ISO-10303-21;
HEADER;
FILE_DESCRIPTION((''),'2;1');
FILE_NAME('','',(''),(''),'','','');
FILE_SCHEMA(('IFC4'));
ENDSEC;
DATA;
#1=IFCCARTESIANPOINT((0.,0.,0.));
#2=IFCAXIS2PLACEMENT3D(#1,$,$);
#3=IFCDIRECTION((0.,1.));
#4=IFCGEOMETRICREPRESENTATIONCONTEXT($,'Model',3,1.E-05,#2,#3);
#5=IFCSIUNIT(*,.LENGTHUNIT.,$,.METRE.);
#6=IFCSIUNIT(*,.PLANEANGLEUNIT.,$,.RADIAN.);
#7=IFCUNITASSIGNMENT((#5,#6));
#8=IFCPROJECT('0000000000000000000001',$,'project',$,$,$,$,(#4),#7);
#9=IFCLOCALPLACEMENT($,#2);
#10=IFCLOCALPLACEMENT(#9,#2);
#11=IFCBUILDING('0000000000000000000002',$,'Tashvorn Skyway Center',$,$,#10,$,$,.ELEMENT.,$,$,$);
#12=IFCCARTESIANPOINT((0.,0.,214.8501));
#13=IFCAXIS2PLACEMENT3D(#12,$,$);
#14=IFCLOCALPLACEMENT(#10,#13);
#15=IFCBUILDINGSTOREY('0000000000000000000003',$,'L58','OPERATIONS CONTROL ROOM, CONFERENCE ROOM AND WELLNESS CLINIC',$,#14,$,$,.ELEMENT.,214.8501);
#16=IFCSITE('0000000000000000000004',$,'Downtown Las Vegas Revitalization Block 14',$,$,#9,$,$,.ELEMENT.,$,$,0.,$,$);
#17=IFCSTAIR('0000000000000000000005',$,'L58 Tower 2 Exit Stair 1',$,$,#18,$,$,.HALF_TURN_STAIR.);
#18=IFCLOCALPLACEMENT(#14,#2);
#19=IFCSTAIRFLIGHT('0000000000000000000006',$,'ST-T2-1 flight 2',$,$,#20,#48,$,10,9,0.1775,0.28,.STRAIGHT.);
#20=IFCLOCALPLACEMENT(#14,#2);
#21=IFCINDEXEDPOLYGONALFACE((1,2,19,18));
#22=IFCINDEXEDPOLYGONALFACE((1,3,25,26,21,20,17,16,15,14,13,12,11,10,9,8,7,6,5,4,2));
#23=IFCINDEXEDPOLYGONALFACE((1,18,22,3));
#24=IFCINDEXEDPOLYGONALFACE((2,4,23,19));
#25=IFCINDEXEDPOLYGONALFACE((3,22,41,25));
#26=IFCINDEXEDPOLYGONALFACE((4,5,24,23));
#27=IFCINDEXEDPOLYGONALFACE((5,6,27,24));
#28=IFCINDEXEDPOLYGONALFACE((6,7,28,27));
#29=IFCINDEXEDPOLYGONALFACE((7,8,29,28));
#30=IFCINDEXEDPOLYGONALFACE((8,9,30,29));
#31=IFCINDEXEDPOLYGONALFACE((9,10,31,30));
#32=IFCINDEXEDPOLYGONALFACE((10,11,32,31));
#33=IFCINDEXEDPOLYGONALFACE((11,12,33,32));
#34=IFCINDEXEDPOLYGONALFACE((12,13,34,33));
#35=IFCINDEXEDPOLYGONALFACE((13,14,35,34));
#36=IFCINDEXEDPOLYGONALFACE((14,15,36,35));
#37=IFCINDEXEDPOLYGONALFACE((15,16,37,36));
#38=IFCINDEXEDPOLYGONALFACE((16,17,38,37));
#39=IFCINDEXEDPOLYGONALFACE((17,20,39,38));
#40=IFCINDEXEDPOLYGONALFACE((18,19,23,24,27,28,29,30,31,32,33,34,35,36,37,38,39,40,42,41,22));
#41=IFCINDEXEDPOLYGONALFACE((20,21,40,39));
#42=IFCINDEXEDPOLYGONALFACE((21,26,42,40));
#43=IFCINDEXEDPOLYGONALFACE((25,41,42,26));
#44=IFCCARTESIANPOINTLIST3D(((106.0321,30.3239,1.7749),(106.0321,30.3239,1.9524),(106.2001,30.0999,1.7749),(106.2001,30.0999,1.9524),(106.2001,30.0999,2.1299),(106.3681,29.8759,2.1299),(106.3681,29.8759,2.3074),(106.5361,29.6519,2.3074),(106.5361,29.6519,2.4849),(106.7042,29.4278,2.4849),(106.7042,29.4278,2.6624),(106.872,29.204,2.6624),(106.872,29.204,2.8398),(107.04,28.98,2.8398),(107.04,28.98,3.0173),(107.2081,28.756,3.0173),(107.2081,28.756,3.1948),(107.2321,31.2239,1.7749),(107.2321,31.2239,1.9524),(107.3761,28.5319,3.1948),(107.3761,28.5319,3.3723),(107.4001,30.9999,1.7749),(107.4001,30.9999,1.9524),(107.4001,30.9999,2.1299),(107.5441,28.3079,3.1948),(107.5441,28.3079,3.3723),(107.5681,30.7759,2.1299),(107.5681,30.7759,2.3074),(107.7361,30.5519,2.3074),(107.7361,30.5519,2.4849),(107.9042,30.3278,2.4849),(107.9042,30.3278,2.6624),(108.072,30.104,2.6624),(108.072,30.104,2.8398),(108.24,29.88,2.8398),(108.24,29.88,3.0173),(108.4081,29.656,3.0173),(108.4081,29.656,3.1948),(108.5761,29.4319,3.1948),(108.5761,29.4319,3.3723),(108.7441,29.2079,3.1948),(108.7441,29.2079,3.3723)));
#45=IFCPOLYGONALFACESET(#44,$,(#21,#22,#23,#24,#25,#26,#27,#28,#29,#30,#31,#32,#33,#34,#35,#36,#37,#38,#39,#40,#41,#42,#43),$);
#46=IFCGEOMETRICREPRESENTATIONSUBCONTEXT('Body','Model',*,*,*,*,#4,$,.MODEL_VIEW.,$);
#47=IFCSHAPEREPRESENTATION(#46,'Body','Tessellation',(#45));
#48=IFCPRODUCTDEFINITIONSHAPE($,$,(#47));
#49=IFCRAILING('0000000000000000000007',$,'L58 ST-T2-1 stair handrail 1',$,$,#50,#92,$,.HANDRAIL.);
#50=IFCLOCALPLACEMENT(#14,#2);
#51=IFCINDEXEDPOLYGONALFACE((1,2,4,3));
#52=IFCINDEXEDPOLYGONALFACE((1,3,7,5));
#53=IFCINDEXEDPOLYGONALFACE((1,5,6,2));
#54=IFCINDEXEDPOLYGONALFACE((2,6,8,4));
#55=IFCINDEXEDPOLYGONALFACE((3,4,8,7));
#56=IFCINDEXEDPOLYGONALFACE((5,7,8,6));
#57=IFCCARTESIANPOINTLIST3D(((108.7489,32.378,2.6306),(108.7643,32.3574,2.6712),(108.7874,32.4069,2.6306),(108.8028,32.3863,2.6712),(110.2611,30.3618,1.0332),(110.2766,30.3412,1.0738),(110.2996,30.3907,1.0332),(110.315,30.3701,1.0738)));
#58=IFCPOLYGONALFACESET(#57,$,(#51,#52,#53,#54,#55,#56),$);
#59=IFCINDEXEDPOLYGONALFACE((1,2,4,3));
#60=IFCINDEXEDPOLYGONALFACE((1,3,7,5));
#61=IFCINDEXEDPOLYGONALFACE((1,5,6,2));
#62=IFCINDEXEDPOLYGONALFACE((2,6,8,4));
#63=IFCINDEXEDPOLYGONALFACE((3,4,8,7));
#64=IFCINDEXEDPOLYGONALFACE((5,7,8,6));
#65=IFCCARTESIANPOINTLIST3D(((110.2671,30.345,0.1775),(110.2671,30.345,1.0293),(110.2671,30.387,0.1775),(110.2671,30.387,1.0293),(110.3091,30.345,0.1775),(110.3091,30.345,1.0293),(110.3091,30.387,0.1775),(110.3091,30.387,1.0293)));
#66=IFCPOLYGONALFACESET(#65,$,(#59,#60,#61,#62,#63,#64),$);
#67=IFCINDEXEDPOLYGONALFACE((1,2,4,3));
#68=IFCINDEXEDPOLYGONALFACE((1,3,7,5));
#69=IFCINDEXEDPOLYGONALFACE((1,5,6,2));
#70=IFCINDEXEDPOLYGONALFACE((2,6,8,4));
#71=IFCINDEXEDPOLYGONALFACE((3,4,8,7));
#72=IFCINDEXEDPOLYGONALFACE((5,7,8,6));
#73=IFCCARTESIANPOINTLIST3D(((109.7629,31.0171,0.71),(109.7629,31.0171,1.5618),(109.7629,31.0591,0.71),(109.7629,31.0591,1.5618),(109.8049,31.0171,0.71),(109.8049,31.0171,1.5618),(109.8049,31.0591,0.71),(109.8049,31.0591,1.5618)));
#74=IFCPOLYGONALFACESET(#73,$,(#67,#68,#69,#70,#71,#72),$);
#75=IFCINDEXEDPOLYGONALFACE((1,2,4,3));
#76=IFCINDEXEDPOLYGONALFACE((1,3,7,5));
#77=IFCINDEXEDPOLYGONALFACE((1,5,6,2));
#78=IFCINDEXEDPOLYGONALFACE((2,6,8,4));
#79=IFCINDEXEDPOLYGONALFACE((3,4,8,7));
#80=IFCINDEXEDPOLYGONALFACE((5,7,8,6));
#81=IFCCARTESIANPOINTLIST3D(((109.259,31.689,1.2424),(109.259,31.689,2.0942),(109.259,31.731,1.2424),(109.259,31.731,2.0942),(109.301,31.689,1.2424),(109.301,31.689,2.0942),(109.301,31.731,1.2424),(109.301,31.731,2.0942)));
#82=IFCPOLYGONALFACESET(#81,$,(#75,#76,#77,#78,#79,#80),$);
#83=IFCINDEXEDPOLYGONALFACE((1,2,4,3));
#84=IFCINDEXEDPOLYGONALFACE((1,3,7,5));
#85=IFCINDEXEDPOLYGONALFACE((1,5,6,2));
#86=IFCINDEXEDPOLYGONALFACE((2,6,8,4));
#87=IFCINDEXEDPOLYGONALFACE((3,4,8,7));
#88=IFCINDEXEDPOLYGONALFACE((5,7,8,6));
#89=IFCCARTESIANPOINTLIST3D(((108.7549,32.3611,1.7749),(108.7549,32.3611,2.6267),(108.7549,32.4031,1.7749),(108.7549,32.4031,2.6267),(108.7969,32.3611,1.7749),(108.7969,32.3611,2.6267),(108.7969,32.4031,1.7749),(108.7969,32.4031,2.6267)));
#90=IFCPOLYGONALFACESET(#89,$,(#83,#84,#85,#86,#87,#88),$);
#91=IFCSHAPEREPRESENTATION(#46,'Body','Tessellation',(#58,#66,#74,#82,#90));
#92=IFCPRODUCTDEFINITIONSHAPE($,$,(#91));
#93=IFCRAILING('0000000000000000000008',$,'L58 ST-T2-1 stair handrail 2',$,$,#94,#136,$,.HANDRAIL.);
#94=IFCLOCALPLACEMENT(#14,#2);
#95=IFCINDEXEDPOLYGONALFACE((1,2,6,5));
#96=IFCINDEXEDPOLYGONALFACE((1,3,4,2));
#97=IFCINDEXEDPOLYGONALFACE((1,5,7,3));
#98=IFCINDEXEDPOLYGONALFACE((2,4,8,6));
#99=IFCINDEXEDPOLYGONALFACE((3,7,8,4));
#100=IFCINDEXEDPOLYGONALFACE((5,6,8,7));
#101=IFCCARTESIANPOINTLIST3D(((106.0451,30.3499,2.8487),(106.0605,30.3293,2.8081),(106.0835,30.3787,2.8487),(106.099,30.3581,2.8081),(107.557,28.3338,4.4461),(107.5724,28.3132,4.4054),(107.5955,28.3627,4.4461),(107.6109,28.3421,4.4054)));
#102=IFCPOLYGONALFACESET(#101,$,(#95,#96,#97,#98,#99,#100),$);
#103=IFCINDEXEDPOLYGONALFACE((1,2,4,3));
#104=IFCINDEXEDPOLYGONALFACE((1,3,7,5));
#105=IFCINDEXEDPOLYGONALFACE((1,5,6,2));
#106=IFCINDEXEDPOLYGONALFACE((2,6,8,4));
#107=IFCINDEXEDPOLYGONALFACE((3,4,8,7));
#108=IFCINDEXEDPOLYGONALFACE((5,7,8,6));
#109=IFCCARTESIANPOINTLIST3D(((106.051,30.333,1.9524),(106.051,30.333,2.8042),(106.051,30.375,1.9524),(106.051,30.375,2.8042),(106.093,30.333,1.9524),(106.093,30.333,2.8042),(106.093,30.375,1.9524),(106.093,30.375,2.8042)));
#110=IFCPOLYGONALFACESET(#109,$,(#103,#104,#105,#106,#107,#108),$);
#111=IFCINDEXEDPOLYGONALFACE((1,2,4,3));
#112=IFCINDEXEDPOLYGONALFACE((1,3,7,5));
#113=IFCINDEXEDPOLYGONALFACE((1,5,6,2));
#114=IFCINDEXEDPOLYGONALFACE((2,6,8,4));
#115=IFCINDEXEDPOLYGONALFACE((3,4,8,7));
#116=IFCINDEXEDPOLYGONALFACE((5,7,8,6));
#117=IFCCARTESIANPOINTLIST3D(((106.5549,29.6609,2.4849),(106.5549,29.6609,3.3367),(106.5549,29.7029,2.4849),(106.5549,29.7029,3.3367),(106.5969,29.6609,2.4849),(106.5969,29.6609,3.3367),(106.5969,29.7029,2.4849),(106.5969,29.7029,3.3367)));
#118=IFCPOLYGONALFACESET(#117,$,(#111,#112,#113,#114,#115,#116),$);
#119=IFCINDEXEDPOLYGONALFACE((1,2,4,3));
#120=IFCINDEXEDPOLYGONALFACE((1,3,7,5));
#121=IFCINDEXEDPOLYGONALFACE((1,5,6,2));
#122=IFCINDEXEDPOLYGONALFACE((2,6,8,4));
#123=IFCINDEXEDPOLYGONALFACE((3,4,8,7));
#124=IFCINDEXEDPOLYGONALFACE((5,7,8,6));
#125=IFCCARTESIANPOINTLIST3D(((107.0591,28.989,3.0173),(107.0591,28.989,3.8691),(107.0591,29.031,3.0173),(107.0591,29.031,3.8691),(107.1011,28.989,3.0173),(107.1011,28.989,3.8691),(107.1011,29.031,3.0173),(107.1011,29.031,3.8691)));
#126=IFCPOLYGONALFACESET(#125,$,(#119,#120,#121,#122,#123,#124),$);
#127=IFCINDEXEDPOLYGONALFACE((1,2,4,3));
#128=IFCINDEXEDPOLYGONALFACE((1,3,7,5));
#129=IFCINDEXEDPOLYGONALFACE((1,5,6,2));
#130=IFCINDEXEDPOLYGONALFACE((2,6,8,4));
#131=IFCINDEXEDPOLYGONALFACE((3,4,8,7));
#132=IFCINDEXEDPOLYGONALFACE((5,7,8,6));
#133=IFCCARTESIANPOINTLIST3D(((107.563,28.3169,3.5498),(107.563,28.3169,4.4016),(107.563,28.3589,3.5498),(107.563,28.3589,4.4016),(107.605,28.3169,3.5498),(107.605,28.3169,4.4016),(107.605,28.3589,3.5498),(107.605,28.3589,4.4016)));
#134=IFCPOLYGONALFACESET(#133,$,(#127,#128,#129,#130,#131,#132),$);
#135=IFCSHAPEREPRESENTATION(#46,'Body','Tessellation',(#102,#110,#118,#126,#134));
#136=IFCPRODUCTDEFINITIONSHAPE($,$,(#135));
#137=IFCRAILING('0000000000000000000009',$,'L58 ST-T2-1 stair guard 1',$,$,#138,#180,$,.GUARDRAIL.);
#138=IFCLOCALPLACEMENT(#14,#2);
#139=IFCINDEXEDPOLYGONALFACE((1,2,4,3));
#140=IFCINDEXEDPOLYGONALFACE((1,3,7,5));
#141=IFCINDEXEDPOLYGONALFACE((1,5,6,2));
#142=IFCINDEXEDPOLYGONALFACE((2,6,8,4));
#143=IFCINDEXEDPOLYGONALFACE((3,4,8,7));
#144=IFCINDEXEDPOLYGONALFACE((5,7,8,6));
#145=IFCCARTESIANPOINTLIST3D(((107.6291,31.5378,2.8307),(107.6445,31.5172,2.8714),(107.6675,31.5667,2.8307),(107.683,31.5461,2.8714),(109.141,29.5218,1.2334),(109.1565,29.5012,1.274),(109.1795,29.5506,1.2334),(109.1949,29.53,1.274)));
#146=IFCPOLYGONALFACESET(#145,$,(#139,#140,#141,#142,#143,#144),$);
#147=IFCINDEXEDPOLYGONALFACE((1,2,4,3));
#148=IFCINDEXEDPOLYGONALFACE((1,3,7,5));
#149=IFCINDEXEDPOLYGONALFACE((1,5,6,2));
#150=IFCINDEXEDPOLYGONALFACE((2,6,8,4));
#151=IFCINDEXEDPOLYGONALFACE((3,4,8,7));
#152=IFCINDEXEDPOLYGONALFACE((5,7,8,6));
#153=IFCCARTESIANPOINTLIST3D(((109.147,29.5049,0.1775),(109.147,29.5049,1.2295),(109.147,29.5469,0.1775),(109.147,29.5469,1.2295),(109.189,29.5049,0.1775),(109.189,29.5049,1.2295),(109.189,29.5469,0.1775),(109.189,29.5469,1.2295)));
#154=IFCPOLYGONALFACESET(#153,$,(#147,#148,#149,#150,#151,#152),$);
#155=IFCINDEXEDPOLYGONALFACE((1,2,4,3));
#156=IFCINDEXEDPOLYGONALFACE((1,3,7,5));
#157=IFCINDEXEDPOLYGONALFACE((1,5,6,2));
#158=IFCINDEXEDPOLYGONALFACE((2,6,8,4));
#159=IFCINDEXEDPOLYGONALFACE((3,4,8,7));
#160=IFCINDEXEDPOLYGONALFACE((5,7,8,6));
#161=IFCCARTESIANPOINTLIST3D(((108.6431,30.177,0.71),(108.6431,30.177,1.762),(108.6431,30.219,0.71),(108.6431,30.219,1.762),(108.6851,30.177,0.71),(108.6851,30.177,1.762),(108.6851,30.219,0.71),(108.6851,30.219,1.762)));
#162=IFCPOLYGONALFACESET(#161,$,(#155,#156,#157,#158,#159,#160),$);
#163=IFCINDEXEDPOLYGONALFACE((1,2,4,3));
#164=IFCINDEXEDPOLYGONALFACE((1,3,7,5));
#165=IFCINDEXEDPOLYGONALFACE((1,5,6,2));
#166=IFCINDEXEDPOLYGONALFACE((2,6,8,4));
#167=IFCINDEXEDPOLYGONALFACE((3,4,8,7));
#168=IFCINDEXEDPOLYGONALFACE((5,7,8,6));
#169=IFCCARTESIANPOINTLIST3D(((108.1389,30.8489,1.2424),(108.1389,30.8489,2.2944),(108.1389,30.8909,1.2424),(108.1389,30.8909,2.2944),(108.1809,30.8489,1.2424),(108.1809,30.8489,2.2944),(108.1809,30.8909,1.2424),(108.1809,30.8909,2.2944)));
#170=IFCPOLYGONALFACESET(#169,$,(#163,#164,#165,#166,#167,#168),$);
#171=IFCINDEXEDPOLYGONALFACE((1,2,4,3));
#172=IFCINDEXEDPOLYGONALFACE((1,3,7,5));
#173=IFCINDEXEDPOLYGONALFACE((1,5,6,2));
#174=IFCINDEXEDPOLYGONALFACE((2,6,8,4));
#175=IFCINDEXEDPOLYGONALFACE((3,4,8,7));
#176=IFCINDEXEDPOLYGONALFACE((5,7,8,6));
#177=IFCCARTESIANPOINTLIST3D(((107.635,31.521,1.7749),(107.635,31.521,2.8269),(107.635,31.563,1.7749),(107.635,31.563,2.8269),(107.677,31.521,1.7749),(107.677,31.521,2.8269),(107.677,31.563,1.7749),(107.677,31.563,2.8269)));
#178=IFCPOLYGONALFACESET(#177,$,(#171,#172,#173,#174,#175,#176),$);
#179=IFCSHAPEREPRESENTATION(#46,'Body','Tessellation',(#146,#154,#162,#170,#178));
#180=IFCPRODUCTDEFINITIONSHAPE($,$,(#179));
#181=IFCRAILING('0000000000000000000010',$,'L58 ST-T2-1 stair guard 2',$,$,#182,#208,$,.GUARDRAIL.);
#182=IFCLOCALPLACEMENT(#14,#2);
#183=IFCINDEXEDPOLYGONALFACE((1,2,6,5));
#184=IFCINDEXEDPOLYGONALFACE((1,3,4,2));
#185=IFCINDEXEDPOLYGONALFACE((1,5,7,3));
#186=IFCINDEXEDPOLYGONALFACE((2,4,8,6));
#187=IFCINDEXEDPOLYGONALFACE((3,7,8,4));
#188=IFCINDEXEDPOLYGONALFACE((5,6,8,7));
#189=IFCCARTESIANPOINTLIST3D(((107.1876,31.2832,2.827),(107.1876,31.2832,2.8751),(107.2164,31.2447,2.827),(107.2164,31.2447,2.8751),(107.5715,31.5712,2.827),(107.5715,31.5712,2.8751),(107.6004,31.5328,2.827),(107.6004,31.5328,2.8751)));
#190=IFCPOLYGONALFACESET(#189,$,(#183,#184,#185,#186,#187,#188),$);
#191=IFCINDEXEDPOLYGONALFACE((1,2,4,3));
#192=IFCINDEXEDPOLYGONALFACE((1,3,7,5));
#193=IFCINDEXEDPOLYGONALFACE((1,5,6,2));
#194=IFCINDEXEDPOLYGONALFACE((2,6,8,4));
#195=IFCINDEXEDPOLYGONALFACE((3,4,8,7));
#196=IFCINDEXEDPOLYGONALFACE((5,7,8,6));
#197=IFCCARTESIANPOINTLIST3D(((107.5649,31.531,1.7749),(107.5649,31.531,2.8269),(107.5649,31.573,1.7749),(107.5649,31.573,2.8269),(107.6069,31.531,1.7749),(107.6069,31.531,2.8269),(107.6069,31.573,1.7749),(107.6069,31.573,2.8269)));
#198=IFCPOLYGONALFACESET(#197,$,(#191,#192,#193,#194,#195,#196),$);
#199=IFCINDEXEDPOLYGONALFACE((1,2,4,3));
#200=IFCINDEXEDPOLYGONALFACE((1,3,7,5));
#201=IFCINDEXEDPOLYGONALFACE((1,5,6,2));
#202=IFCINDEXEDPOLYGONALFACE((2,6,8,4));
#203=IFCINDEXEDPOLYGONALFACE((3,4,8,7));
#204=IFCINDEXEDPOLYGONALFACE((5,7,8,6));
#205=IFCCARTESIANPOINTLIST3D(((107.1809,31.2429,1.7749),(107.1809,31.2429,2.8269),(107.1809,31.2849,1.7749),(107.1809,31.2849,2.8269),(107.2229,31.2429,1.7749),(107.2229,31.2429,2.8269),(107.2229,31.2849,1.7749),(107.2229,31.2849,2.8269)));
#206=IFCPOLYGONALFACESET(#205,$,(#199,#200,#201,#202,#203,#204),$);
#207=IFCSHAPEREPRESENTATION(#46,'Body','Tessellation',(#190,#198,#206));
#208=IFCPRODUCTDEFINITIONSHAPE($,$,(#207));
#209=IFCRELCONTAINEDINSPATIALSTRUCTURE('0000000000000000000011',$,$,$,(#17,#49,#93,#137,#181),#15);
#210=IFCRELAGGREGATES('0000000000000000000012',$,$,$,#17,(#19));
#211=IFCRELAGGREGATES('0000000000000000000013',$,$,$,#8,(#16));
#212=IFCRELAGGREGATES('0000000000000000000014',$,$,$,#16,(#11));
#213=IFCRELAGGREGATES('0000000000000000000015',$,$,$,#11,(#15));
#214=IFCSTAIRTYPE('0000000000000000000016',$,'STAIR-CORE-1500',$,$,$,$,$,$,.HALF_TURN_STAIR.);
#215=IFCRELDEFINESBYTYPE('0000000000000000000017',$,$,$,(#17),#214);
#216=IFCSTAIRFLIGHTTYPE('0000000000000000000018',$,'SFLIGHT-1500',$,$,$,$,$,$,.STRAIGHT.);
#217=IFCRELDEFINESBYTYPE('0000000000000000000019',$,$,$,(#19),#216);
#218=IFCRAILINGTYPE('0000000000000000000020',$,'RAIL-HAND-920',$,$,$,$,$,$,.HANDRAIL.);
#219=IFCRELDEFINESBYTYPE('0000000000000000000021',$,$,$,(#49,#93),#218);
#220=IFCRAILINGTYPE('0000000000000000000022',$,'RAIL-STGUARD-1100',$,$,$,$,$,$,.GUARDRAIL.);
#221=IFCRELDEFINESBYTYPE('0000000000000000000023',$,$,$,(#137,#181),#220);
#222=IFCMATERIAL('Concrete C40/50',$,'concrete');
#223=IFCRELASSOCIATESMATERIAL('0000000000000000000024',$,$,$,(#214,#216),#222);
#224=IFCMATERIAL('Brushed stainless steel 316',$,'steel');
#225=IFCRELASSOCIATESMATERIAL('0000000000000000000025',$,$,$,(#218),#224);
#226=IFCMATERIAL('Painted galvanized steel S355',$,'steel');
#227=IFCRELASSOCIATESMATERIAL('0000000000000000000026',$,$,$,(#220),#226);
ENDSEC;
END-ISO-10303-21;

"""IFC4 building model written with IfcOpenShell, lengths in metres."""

from ifc_helpers import new_model, si_unit, direction, frame, origin, origin_2d, place, context, subcontext, project, spatial, polyline, rectangle, outline, extrude, material, type_object, element, aggregate, save


model = new_model("IFC4")

# Units and contexts
model_context = context("Model", 3, precision=1e-05, world=origin(), true_north=direction((0.0, 1.0)))
body_context = subcontext(model_context, "Body", "Model", "MODEL_VIEW")
ifc_project = project(units=[si_unit("LENGTHUNIT", "METRE"), si_unit("PLANEANGLEUNIT", "RADIAN")], contexts=[model_context])

# Site, building, storey
site_placement = place(None, origin())
site = spatial("IfcSite", under=ifc_project, at=site_placement, Name="Downtown Las Vegas Revitalization Block 14", CompositionType="ELEMENT", RefElevation=0.0)
building_placement = place(site_placement, origin())
building = spatial("IfcBuilding", under=site, at=building_placement, Name="Tashvorn Skyway Center", CompositionType="ELEMENT")
storey_placement = place(building_placement, frame((0.0, 0.0, 214.8501)))
storey = spatial("IfcBuildingStorey", under=building, at=storey_placement, Name="L58", Description="OPERATIONS CONTROL ROOM, CONFERENCE ROOM AND WELLNESS CLINIC", CompositionType="ELEMENT", Elevation=214.8501)

# Shared definitions
ifc_material_1 = material(Name="Concrete C40/50", Category="concrete")

# Stair, stair flight
stair_type = type_object("IfcStairType", Name="STAIR-CORE-1500", PredefinedType="HALF_TURN_STAIR", material=ifc_material_1)
stair_placement = place(storey_placement, origin())
stair = element("IfcStair", 1, at=stair_placement, inside=storey, type_object=stair_type, Name="L58 Tower 2 Exit Stair 1", PredefinedType="HALF_TURN_STAIR")
stair_flight_type = type_object("IfcStairFlightType", Name="SFLIGHT-1500", PredefinedType="STRAIGHT", material=ifc_material_1)
stair_flight_1_placement = place(storey_placement, frame((106.6321, 30.7739, 1.7749), z_axis=(0.0, 0.0, 1.0), x_axis=(0.6, -0.8, 0.0)))
stair_flight_1 = element("IfcStairFlight", 2, at=stair_flight_1_placement, type_object=stair_flight_type, Name="ST-T2-1 flight 2", NumberOfRisers=10, NumberOfTreads=9, PredefinedType="STRAIGHT", RiserHeight=0.1775, TreadLength=0.28, context=body_context, shape_type="SweptSolid", body=[
    extrude(outline(polyline([(0.0, 0.0), (0.0, 0.1775), (0.28, 0.1775), (0.28, 0.355), (0.5601, 0.355), (0.5601, 0.5325), (0.8401, 0.5325), (0.8401, 0.71), (1.1201, 0.71), (1.1201, 0.8875), (1.3999, 0.8875), (1.3999, 1.0649), (1.6799, 1.0649), (1.6799, 1.2424), (1.96, 1.2424), (1.96, 1.4199), (2.24, 1.4199), (2.24, 1.5974), (2.52, 1.5974), (2.52, 1.7749), (2.52, 1.4199), (0.28, 0.0), (0.0, 0.0)])), frame((0.0, 0.75, 0.0), z_axis=(0.0, -1.0, 0.0), x_axis=(1.0, 0.0, 0.0)), (0.0, 0.0, 1.0), 1.5),
])
aggregate(stair, [stair_flight_1])

# Railings
ifc_material_2 = material(Name="Brushed stainless steel 316", Category="steel")
railing_type_1 = type_object("IfcRailingType", Name="RAIL-HAND-920", PredefinedType="HANDRAIL", material=ifc_material_2)
railing_1_placement = place(storey_placement, frame((110.2881, 30.366, 0.1775)))
element("IfcRailing", 3, at=railing_1_placement, inside=storey, type_object=railing_type_1, Name="L58 ST-T2-1 stair handrail 1", PredefinedType="HANDRAIL", context=body_context, shape_type="SweptSolid", body=[
    extrude(rectangle(XDim=0.0481, YDim=0.0481, at=origin_2d()), frame((0.0, 0.0, 0.876), z_axis=(-0.506802, 0.675681, 0.535357), x_axis=(-0.799977, -0.600031, 0.0)), (0.0, 0.0, 1.0), 2.9839),
    extrude(rectangle(XDim=0.042, YDim=0.042, at=origin_2d()), origin(), (0.0, 0.0, 1.0), 0.8518),
    extrude(rectangle(XDim=0.042, YDim=0.042, at=origin_2d()), frame((-0.5042, 0.6721, 0.5325)), (0.0, 0.0, 1.0), 0.8518),
    extrude(rectangle(XDim=0.042, YDim=0.042, at=origin_2d()), frame((-1.0081, 1.344, 1.0649)), (0.0, 0.0, 1.0), 0.8518),
    extrude(rectangle(XDim=0.042, YDim=0.042, at=origin_2d()), frame((-1.5122, 2.0161, 1.5974)), (0.0, 0.0, 1.0), 0.8518),
])
railing_2_placement = place(storey_placement, frame((106.072, 30.354, 1.9524)))
element("IfcRailing", 4, at=railing_2_placement, inside=storey, type_object=railing_type_1, Name="L58 ST-T2-1 stair handrail 2", PredefinedType="HANDRAIL", context=body_context, shape_type="SweptSolid", body=[
    extrude(rectangle(XDim=0.0481, YDim=0.0481, at=origin_2d()), frame((0.0, 0.0, 0.876), z_axis=(0.506741, -0.675709, 0.535379), x_axis=(0.800023, 0.599969, 0.0)), (0.0, 0.0, 1.0), 2.9836),
    extrude(rectangle(XDim=0.042, YDim=0.042, at=origin_2d()), origin(), (0.0, 0.0, 1.0), 0.8518),
    extrude(rectangle(XDim=0.042, YDim=0.042, at=origin_2d()), frame((0.5039, -0.6721, 0.5325)), (0.0, 0.0, 1.0), 0.8518),
    extrude(rectangle(XDim=0.042, YDim=0.042, at=origin_2d()), frame((1.0081, -1.344, 1.0649)), (0.0, 0.0, 1.0), 0.8518),
    extrude(rectangle(XDim=0.042, YDim=0.042, at=origin_2d()), frame((1.512, -2.0161, 1.5974)), (0.0, 0.0, 1.0), 0.8518),
])
ifc_material_3 = material(Name="Painted galvanized steel S355", Category="steel")
railing_type_2 = type_object("IfcRailingType", Name="RAIL-STGUARD-1100", PredefinedType="GUARDRAIL", material=ifc_material_3)
railing_3_placement = place(storey_placement, frame((109.168, 29.5259, 0.1775)))
element("IfcRailing", 5, at=railing_3_placement, inside=storey, type_object=railing_type_2, Name="L58 ST-T2-1 stair guard 1", PredefinedType="GUARDRAIL", context=body_context, shape_type="SweptSolid", body=[
    extrude(rectangle(XDim=0.0481, YDim=0.0481, at=origin_2d()), frame((0.0, 0.0, 1.0762), z_axis=(-0.506741, 0.675709, 0.535379), x_axis=(-0.800023, -0.599969, 0.0)), (0.0, 0.0, 1.0), 2.9836),
    extrude(rectangle(XDim=0.042, YDim=0.042, at=origin_2d()), origin(), (0.0, 0.0, 1.0), 1.052),
    extrude(rectangle(XDim=0.042, YDim=0.042, at=origin_2d()), frame((-0.5039, 0.6721, 0.5325)), (0.0, 0.0, 1.0), 1.052),
    extrude(rectangle(XDim=0.042, YDim=0.042, at=origin_2d()), frame((-1.0081, 1.344, 1.0649)), (0.0, 0.0, 1.0), 1.052),
    extrude(rectangle(XDim=0.042, YDim=0.042, at=origin_2d()), frame((-1.512, 2.0161, 1.5974)), (0.0, 0.0, 1.0), 1.052),
])
railing_4_placement = place(storey_placement, frame((107.5859, 31.552, 1.7749)))
element("IfcRailing", 6, at=railing_4_placement, inside=storey, type_object=railing_type_2, Name="L58 ST-T2-1 stair guard 2", PredefinedType="GUARDRAIL", context=body_context, shape_type="SweptSolid", body=[
    extrude(rectangle(XDim=0.0481, YDim=0.0481, at=origin_2d()), frame((0.0, 0.0, 1.0762), z_axis=(-0.799939, -0.600081, 0.0), x_axis=(0.600081, -0.799939, 0.0)), (0.0, 0.0, 1.0), 0.48),
    extrude(rectangle(XDim=0.042, YDim=0.042, at=origin_2d()), origin(), (0.0, 0.0, 1.0), 1.052),
    extrude(rectangle(XDim=0.042, YDim=0.042, at=origin_2d()), frame((-0.384, -0.2881, 0.0)), (0.0, 0.0, 1.0), 1.052),
])

save(model, "model.ifc")
